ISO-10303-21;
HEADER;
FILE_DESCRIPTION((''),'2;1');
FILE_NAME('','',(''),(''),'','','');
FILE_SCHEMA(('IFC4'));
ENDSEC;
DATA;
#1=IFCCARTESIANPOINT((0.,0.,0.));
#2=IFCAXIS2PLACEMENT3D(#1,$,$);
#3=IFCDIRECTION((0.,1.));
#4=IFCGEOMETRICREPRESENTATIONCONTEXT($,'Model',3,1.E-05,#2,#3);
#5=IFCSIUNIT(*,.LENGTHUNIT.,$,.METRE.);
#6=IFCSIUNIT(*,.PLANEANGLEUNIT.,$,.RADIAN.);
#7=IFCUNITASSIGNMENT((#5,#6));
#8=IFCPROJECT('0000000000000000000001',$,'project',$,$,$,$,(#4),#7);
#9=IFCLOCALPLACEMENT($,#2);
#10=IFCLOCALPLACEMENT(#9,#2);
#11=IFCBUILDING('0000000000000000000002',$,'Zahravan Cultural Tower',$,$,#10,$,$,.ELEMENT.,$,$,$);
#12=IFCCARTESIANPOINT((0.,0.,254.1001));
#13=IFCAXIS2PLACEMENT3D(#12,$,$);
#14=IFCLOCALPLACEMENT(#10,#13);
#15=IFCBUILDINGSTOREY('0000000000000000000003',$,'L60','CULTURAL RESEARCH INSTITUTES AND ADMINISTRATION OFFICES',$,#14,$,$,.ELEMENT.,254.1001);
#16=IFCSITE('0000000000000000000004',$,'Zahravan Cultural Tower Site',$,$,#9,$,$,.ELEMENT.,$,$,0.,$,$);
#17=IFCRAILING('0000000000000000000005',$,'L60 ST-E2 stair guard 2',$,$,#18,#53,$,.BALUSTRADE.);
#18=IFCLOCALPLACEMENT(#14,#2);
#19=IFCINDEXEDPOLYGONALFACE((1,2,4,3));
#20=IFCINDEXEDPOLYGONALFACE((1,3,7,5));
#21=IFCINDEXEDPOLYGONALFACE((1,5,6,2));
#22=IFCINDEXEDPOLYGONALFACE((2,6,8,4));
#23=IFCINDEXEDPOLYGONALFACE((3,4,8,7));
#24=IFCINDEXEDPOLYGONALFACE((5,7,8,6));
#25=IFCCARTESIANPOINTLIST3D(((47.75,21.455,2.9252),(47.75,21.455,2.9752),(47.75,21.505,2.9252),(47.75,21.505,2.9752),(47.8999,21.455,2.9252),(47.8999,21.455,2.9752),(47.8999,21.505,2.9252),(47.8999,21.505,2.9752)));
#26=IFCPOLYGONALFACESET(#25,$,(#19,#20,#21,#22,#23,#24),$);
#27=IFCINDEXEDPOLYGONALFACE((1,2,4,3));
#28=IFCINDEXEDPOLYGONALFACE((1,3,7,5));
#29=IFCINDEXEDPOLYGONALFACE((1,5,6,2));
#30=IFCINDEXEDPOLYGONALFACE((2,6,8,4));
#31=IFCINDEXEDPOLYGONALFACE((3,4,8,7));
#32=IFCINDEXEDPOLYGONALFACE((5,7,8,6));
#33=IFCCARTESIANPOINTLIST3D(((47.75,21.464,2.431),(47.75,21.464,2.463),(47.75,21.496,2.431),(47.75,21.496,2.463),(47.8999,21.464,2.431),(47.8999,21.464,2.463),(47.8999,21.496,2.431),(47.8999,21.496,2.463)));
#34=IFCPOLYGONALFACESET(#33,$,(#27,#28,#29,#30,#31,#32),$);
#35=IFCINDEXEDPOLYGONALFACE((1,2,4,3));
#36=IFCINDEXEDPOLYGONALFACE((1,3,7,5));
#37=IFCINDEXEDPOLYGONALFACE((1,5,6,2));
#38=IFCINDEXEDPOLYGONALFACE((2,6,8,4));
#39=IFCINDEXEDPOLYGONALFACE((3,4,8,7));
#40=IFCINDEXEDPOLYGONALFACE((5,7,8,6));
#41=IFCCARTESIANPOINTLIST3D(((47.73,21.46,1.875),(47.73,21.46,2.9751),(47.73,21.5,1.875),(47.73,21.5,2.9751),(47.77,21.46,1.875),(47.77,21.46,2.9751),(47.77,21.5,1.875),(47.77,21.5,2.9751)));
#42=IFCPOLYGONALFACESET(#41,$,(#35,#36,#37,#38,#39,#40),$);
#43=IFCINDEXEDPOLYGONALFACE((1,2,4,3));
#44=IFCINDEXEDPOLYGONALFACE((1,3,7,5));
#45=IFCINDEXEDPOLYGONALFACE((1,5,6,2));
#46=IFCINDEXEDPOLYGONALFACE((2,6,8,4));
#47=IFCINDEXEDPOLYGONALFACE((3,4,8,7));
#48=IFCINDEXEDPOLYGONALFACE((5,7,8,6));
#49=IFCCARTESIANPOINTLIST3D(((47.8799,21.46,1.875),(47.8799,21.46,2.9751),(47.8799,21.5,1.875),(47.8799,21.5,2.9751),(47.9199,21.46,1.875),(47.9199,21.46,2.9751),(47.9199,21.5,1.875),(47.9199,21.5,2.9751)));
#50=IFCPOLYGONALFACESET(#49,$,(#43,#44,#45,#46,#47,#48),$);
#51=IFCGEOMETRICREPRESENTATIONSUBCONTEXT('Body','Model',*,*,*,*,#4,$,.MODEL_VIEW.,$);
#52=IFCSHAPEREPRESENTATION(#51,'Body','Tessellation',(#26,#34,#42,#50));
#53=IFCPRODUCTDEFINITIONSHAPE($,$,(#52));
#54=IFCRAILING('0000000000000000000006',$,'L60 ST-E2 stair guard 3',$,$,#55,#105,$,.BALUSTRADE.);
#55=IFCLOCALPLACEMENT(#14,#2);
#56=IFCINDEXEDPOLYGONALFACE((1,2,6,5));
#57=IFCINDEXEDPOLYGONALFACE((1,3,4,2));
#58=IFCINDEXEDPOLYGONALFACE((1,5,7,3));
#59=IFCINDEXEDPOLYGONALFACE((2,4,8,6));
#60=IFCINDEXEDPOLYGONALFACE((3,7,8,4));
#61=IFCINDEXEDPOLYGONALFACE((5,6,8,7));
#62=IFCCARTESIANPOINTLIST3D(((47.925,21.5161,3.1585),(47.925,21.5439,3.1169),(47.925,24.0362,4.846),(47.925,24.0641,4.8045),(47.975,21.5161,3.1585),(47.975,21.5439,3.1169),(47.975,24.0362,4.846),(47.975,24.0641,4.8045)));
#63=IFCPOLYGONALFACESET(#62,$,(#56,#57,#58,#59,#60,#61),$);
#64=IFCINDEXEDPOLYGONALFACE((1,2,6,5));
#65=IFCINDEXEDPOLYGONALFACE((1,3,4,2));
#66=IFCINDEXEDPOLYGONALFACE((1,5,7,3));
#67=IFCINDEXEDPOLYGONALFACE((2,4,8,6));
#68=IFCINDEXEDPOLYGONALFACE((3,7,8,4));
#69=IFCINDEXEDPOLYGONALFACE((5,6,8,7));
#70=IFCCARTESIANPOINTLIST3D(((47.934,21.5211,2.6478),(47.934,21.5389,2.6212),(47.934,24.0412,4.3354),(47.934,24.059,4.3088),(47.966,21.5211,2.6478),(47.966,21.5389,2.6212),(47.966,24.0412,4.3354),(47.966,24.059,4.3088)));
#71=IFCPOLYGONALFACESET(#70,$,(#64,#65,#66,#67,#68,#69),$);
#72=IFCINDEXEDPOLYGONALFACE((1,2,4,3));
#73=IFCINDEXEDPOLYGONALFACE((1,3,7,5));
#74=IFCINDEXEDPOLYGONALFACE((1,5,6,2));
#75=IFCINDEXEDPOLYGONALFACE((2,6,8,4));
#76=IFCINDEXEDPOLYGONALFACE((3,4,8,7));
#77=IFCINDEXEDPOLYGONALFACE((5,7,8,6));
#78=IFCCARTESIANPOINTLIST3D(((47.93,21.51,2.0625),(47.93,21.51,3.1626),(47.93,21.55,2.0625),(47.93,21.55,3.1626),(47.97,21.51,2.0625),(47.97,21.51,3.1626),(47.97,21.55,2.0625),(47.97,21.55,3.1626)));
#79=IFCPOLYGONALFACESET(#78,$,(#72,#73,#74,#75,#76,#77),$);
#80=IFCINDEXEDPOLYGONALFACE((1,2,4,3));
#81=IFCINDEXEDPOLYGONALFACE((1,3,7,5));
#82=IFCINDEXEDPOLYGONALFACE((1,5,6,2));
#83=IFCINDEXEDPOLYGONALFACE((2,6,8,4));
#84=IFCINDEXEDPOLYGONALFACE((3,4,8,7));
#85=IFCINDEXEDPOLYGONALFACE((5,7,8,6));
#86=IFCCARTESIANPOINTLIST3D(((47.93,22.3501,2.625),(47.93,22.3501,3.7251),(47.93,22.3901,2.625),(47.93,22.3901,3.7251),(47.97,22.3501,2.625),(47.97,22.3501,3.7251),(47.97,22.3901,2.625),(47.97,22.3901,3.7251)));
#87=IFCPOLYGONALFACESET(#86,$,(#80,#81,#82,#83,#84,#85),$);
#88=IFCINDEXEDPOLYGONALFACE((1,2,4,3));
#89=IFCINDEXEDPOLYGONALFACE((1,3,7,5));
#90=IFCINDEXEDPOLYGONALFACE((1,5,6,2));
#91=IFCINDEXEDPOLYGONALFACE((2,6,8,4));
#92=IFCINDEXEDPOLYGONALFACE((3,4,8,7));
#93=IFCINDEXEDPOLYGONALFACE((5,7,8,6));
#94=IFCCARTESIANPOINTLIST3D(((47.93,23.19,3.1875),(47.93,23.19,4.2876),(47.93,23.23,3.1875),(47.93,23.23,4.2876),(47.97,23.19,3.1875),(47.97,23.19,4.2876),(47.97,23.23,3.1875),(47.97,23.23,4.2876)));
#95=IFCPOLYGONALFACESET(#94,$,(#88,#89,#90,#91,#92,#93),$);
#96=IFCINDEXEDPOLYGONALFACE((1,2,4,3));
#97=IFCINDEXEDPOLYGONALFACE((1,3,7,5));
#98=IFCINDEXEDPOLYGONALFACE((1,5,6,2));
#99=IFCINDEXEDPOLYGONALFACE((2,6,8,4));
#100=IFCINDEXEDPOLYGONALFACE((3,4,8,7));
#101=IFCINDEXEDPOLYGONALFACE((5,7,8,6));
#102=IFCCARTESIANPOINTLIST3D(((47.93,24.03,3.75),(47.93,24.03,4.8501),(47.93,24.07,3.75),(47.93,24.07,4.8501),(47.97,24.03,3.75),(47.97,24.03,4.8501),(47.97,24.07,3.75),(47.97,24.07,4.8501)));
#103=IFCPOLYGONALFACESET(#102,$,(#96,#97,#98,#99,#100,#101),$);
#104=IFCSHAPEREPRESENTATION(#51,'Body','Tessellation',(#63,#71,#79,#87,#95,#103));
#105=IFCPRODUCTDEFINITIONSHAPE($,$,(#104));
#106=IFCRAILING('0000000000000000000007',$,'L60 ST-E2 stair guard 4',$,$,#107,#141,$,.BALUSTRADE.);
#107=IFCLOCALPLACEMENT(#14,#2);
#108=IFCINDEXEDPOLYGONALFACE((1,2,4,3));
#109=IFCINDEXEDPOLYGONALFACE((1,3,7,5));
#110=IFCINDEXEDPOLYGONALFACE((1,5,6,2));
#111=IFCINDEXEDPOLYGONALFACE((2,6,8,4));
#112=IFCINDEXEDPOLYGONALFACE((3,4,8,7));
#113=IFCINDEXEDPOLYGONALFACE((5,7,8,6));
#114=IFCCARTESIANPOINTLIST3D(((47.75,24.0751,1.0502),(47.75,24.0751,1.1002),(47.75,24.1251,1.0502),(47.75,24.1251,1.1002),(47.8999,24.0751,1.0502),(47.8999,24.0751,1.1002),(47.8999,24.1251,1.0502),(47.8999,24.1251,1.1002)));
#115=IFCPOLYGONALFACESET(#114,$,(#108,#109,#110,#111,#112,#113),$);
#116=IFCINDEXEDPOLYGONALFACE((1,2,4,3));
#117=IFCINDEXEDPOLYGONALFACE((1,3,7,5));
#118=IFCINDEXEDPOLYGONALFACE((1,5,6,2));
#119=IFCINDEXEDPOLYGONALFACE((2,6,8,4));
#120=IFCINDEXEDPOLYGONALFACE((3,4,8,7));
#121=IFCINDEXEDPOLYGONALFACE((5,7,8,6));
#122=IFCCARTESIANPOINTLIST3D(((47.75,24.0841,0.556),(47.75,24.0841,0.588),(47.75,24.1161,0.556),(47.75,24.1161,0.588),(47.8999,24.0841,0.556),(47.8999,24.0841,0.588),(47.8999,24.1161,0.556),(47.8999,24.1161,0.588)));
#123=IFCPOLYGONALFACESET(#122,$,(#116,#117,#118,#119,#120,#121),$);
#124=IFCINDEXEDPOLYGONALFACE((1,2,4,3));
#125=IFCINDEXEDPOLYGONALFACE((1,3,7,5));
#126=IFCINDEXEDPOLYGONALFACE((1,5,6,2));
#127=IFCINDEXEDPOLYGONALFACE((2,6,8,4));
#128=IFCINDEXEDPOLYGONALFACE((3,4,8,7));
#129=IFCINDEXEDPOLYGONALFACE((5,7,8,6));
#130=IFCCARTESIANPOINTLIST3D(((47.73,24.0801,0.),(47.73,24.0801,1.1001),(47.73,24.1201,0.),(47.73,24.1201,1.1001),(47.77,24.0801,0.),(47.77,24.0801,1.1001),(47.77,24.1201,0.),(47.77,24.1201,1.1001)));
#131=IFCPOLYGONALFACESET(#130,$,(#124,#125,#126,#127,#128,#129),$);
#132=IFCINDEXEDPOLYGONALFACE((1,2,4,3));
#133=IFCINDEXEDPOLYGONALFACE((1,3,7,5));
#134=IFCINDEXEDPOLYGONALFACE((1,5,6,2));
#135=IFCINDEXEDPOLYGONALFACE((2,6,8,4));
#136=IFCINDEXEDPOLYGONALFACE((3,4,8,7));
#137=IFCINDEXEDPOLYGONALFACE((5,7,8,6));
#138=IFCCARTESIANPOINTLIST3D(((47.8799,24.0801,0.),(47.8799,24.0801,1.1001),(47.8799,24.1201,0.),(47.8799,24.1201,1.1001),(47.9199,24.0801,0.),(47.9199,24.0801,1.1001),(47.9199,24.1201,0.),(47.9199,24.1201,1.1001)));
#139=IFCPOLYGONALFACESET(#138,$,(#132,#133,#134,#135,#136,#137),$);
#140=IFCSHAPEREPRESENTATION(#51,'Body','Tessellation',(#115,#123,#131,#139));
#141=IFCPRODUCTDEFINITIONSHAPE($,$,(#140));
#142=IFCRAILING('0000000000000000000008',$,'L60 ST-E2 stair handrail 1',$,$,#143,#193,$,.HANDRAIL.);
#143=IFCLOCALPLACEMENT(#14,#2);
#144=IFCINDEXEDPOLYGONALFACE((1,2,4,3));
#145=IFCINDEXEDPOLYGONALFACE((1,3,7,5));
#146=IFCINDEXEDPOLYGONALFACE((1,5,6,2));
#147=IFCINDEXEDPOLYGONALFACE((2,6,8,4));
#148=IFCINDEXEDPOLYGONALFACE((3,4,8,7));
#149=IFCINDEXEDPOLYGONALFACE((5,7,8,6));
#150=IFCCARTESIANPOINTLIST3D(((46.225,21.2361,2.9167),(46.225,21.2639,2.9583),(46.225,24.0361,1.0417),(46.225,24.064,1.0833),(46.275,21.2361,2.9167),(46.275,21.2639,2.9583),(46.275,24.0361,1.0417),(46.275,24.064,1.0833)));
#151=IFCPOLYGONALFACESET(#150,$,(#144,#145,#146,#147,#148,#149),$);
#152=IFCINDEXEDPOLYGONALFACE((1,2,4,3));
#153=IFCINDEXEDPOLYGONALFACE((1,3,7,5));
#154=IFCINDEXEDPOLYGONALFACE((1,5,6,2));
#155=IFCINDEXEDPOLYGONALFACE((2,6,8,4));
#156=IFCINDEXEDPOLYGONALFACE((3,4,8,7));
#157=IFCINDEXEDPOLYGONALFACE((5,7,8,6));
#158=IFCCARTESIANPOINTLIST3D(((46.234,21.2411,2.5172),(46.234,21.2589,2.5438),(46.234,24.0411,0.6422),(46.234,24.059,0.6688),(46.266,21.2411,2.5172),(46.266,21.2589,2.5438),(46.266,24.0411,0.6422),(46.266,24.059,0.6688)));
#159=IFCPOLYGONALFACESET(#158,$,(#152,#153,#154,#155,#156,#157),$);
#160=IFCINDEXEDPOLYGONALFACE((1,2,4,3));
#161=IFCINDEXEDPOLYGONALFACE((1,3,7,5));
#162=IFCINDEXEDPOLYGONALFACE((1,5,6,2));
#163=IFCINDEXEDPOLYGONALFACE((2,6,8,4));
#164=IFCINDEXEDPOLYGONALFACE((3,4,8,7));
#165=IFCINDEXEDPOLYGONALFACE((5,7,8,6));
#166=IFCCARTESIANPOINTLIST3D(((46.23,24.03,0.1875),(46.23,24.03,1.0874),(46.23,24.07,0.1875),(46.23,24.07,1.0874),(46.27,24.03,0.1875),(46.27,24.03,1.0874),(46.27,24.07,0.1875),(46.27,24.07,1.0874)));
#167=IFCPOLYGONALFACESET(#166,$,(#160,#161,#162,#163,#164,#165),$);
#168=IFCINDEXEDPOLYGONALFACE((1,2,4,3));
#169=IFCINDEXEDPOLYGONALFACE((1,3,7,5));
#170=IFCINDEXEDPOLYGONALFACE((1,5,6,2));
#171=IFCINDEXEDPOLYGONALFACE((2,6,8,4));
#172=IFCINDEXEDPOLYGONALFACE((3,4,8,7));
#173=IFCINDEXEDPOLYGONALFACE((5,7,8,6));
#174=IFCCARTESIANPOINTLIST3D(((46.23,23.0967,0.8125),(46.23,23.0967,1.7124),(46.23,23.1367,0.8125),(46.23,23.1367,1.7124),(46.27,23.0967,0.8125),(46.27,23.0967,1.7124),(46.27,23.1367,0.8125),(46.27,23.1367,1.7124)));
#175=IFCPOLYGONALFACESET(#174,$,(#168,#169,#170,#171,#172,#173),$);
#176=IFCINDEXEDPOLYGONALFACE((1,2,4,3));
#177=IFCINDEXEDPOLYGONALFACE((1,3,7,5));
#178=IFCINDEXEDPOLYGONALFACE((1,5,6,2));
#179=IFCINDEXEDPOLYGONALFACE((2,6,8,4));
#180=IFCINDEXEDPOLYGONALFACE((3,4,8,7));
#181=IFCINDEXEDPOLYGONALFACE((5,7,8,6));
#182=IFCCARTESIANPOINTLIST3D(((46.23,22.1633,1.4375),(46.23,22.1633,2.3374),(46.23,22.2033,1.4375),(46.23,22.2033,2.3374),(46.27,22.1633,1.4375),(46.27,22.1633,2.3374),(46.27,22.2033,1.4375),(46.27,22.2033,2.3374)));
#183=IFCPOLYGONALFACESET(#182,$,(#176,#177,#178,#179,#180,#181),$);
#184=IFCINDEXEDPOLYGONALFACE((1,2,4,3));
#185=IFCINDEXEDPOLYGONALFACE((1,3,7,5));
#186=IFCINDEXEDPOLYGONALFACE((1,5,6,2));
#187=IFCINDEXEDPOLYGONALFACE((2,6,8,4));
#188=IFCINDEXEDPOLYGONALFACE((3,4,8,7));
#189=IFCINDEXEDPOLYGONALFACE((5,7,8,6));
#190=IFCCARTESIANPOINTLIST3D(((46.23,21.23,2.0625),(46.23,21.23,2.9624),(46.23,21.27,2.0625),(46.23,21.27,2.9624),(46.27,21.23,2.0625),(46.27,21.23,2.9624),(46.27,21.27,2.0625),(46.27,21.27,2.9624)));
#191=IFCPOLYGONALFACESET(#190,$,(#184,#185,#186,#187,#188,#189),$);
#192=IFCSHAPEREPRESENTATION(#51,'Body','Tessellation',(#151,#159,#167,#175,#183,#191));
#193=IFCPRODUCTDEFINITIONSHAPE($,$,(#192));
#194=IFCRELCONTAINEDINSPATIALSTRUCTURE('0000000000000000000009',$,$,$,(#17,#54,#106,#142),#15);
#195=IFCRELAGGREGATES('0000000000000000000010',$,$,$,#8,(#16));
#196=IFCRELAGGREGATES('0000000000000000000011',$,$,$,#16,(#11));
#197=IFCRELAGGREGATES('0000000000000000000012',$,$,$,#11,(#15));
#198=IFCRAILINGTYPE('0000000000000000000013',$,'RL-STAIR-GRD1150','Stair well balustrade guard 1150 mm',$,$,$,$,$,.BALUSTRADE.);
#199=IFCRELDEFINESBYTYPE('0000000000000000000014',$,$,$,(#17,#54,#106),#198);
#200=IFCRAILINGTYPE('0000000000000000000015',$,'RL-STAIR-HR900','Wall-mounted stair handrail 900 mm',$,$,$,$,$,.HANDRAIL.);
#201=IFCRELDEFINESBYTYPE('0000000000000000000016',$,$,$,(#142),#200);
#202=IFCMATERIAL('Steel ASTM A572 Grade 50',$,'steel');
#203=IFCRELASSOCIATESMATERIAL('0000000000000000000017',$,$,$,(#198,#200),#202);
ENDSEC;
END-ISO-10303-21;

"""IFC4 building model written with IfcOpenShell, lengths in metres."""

from ifc_helpers import new_model, si_unit, direction, frame, origin, origin_2d, place, context, subcontext, project, spatial, rectangle, extrude, material, type_object, element, save


model = new_model("IFC4")

# Units and contexts
model_context = context("Model", 3, precision=1e-05, world=origin(), true_north=direction((0.0, 1.0)))
body_context = subcontext(model_context, "Body", "Model", "MODEL_VIEW")
ifc_project = project(units=[si_unit("LENGTHUNIT", "METRE"), si_unit("PLANEANGLEUNIT", "RADIAN")], contexts=[model_context])

# Site, building, storey
site_placement = place(None, origin())
site = spatial("IfcSite", under=ifc_project, at=site_placement, Name="Zahravan Cultural Tower Site", CompositionType="ELEMENT", RefElevation=0.0)
building_placement = place(site_placement, origin())
building = spatial("IfcBuilding", under=site, at=building_placement, Name="Zahravan Cultural Tower", CompositionType="ELEMENT")
storey_placement = place(building_placement, frame((0.0, 0.0, 254.1001)))
storey = spatial("IfcBuildingStorey", under=building, at=storey_placement, Name="L60", Description="CULTURAL RESEARCH INSTITUTES AND ADMINISTRATION OFFICES", CompositionType="ELEMENT", Elevation=254.1001)

# Shared definitions
ifc_material_1 = material(Name="Steel ASTM A572 Grade 50", Category="steel")

# Railings
railing_type_1 = type_object("IfcRailingType", Name="RL-STAIR-GRD1150", Description="Stair well balustrade guard 1150 mm", PredefinedType="BALUSTRADE", material=ifc_material_1)
railing_1_placement = place(storey_placement, frame((47.75, 21.48, 1.875)))
element("IfcRailing", 1, at=railing_1_placement, inside=storey, type_object=railing_type_1, Name="L60 ST-E2 stair guard 2", PredefinedType="BALUSTRADE", context=body_context, shape_type="SweptSolid", body=[
    extrude(rectangle(XDim=0.05, YDim=0.05, at=origin_2d()), frame((0.0, 0.0, 1.0752), z_axis=(1.0, 0.0, 0.0), x_axis=(0.0, 1.0, 0.0)), (0.0, 0.0, 1.0), 0.1499),
    extrude(rectangle(XDim=0.032, YDim=0.032, at=origin_2d()), frame((0.0, 0.0, 0.572), z_axis=(1.0, 0.0, 0.0), x_axis=(0.0, 1.0, 0.0)), (0.0, 0.0, 1.0), 0.1499),
    extrude(rectangle(XDim=0.04, YDim=0.04, at=origin_2d()), origin(), (0.0, 0.0, 1.0), 1.1001),
    extrude(rectangle(XDim=0.04, YDim=0.04, at=origin_2d()), frame((0.1499, 0.0, 0.0)), (0.0, 0.0, 1.0), 1.1001),
])
railing_2_placement = place(storey_placement, frame((47.95, 21.53, 2.0625)))
element("IfcRailing", 2, at=railing_2_placement, inside=storey, type_object=railing_type_1, Name="L60 ST-E2 stair guard 3", PredefinedType="BALUSTRADE", context=body_context, shape_type="SweptSolid", body=[
    extrude(rectangle(XDim=0.05, YDim=0.05, at=origin_2d()), frame((0.0, 0.0, 1.0752), z_axis=(0.0, 0.830909, 0.556408), x_axis=(-1.0, 0.0, 0.0)), (0.0, 0.0, 1.0), 3.033),
    extrude(rectangle(XDim=0.032, YDim=0.032, at=origin_2d()), frame((0.0, 0.0, 0.572), z_axis=(0.0, 0.830909, 0.556408), x_axis=(-1.0, 0.0, 0.0)), (0.0, 0.0, 1.0), 3.033),
    extrude(rectangle(XDim=0.04, YDim=0.04, at=origin_2d()), origin(), (0.0, 0.0, 1.0), 1.1001),
    extrude(rectangle(XDim=0.04, YDim=0.04, at=origin_2d()), frame((0.0, 0.8401, 0.5625)), (0.0, 0.0, 1.0), 1.1001),
    extrude(rectangle(XDim=0.04, YDim=0.04, at=origin_2d()), frame((0.0, 1.6799, 1.125)), (0.0, 0.0, 1.0), 1.1001),
    extrude(rectangle(XDim=0.04, YDim=0.04, at=origin_2d()), frame((0.0, 2.52, 1.6875)), (0.0, 0.0, 1.0), 1.1001),
])
railing_3_placement = place(storey_placement, frame((47.75, 24.1001, 0.0)))
element("IfcRailing", 3, at=railing_3_placement, inside=storey, type_object=railing_type_1, Name="L60 ST-E2 stair guard 4", PredefinedType="BALUSTRADE", context=body_context, shape_type="SweptSolid", body=[
    extrude(rectangle(XDim=0.05, YDim=0.05, at=origin_2d()), frame((0.0, 0.0, 1.0752), z_axis=(1.0, 0.0, 0.0), x_axis=(0.0, 1.0, 0.0)), (0.0, 0.0, 1.0), 0.1499),
    extrude(rectangle(XDim=0.032, YDim=0.032, at=origin_2d()), frame((0.0, 0.0, 0.572), z_axis=(1.0, 0.0, 0.0), x_axis=(0.0, 1.0, 0.0)), (0.0, 0.0, 1.0), 0.1499),
    extrude(rectangle(XDim=0.04, YDim=0.04, at=origin_2d()), origin(), (0.0, 0.0, 1.0), 1.1001),
    extrude(rectangle(XDim=0.04, YDim=0.04, at=origin_2d()), frame((0.1499, 0.0, 0.0)), (0.0, 0.0, 1.0), 1.1001),
])
railing_type_2 = type_object("IfcRailingType", Name="RL-STAIR-HR900", Description="Wall-mounted stair handrail 900 mm", PredefinedType="HANDRAIL", material=ifc_material_1)
railing_4_placement = place(storey_placement, frame((46.25, 24.05, 0.1875)))
element("IfcRailing", 4, at=railing_4_placement, inside=storey, type_object=railing_type_2, Name="L60 ST-E2 stair handrail 1", PredefinedType="HANDRAIL", context=body_context, shape_type="SweptSolid", body=[
    extrude(rectangle(XDim=0.05, YDim=0.05, at=origin_2d()), frame((0.0, 0.0, 0.875), z_axis=(0.0, -0.830912, 0.556404), x_axis=(1.0, 0.0, 0.0)), (0.0, 0.0, 1.0), 3.3699),
    extrude(rectangle(XDim=0.032, YDim=0.032, at=origin_2d()), frame((0.0, 0.0, 0.468), z_axis=(0.0, -0.830912, 0.556404), x_axis=(1.0, 0.0, 0.0)), (0.0, 0.0, 1.0), 3.3699),
    extrude(rectangle(XDim=0.04, YDim=0.04, at=origin_2d()), origin(), (0.0, 0.0, 1.0), 0.8999),
    extrude(rectangle(XDim=0.04, YDim=0.04, at=origin_2d()), frame((0.0, -0.9333, 0.625)), (0.0, 0.0, 1.0), 0.8999),
    extrude(rectangle(XDim=0.04, YDim=0.04, at=origin_2d()), frame((0.0, -1.8667, 1.25)), (0.0, 0.0, 1.0), 0.8999),
    extrude(rectangle(XDim=0.04, YDim=0.04, at=origin_2d()), frame((0.0, -2.8, 1.875)), (0.0, 0.0, 1.0), 0.8999),
])

save(model, "model.ifc")
